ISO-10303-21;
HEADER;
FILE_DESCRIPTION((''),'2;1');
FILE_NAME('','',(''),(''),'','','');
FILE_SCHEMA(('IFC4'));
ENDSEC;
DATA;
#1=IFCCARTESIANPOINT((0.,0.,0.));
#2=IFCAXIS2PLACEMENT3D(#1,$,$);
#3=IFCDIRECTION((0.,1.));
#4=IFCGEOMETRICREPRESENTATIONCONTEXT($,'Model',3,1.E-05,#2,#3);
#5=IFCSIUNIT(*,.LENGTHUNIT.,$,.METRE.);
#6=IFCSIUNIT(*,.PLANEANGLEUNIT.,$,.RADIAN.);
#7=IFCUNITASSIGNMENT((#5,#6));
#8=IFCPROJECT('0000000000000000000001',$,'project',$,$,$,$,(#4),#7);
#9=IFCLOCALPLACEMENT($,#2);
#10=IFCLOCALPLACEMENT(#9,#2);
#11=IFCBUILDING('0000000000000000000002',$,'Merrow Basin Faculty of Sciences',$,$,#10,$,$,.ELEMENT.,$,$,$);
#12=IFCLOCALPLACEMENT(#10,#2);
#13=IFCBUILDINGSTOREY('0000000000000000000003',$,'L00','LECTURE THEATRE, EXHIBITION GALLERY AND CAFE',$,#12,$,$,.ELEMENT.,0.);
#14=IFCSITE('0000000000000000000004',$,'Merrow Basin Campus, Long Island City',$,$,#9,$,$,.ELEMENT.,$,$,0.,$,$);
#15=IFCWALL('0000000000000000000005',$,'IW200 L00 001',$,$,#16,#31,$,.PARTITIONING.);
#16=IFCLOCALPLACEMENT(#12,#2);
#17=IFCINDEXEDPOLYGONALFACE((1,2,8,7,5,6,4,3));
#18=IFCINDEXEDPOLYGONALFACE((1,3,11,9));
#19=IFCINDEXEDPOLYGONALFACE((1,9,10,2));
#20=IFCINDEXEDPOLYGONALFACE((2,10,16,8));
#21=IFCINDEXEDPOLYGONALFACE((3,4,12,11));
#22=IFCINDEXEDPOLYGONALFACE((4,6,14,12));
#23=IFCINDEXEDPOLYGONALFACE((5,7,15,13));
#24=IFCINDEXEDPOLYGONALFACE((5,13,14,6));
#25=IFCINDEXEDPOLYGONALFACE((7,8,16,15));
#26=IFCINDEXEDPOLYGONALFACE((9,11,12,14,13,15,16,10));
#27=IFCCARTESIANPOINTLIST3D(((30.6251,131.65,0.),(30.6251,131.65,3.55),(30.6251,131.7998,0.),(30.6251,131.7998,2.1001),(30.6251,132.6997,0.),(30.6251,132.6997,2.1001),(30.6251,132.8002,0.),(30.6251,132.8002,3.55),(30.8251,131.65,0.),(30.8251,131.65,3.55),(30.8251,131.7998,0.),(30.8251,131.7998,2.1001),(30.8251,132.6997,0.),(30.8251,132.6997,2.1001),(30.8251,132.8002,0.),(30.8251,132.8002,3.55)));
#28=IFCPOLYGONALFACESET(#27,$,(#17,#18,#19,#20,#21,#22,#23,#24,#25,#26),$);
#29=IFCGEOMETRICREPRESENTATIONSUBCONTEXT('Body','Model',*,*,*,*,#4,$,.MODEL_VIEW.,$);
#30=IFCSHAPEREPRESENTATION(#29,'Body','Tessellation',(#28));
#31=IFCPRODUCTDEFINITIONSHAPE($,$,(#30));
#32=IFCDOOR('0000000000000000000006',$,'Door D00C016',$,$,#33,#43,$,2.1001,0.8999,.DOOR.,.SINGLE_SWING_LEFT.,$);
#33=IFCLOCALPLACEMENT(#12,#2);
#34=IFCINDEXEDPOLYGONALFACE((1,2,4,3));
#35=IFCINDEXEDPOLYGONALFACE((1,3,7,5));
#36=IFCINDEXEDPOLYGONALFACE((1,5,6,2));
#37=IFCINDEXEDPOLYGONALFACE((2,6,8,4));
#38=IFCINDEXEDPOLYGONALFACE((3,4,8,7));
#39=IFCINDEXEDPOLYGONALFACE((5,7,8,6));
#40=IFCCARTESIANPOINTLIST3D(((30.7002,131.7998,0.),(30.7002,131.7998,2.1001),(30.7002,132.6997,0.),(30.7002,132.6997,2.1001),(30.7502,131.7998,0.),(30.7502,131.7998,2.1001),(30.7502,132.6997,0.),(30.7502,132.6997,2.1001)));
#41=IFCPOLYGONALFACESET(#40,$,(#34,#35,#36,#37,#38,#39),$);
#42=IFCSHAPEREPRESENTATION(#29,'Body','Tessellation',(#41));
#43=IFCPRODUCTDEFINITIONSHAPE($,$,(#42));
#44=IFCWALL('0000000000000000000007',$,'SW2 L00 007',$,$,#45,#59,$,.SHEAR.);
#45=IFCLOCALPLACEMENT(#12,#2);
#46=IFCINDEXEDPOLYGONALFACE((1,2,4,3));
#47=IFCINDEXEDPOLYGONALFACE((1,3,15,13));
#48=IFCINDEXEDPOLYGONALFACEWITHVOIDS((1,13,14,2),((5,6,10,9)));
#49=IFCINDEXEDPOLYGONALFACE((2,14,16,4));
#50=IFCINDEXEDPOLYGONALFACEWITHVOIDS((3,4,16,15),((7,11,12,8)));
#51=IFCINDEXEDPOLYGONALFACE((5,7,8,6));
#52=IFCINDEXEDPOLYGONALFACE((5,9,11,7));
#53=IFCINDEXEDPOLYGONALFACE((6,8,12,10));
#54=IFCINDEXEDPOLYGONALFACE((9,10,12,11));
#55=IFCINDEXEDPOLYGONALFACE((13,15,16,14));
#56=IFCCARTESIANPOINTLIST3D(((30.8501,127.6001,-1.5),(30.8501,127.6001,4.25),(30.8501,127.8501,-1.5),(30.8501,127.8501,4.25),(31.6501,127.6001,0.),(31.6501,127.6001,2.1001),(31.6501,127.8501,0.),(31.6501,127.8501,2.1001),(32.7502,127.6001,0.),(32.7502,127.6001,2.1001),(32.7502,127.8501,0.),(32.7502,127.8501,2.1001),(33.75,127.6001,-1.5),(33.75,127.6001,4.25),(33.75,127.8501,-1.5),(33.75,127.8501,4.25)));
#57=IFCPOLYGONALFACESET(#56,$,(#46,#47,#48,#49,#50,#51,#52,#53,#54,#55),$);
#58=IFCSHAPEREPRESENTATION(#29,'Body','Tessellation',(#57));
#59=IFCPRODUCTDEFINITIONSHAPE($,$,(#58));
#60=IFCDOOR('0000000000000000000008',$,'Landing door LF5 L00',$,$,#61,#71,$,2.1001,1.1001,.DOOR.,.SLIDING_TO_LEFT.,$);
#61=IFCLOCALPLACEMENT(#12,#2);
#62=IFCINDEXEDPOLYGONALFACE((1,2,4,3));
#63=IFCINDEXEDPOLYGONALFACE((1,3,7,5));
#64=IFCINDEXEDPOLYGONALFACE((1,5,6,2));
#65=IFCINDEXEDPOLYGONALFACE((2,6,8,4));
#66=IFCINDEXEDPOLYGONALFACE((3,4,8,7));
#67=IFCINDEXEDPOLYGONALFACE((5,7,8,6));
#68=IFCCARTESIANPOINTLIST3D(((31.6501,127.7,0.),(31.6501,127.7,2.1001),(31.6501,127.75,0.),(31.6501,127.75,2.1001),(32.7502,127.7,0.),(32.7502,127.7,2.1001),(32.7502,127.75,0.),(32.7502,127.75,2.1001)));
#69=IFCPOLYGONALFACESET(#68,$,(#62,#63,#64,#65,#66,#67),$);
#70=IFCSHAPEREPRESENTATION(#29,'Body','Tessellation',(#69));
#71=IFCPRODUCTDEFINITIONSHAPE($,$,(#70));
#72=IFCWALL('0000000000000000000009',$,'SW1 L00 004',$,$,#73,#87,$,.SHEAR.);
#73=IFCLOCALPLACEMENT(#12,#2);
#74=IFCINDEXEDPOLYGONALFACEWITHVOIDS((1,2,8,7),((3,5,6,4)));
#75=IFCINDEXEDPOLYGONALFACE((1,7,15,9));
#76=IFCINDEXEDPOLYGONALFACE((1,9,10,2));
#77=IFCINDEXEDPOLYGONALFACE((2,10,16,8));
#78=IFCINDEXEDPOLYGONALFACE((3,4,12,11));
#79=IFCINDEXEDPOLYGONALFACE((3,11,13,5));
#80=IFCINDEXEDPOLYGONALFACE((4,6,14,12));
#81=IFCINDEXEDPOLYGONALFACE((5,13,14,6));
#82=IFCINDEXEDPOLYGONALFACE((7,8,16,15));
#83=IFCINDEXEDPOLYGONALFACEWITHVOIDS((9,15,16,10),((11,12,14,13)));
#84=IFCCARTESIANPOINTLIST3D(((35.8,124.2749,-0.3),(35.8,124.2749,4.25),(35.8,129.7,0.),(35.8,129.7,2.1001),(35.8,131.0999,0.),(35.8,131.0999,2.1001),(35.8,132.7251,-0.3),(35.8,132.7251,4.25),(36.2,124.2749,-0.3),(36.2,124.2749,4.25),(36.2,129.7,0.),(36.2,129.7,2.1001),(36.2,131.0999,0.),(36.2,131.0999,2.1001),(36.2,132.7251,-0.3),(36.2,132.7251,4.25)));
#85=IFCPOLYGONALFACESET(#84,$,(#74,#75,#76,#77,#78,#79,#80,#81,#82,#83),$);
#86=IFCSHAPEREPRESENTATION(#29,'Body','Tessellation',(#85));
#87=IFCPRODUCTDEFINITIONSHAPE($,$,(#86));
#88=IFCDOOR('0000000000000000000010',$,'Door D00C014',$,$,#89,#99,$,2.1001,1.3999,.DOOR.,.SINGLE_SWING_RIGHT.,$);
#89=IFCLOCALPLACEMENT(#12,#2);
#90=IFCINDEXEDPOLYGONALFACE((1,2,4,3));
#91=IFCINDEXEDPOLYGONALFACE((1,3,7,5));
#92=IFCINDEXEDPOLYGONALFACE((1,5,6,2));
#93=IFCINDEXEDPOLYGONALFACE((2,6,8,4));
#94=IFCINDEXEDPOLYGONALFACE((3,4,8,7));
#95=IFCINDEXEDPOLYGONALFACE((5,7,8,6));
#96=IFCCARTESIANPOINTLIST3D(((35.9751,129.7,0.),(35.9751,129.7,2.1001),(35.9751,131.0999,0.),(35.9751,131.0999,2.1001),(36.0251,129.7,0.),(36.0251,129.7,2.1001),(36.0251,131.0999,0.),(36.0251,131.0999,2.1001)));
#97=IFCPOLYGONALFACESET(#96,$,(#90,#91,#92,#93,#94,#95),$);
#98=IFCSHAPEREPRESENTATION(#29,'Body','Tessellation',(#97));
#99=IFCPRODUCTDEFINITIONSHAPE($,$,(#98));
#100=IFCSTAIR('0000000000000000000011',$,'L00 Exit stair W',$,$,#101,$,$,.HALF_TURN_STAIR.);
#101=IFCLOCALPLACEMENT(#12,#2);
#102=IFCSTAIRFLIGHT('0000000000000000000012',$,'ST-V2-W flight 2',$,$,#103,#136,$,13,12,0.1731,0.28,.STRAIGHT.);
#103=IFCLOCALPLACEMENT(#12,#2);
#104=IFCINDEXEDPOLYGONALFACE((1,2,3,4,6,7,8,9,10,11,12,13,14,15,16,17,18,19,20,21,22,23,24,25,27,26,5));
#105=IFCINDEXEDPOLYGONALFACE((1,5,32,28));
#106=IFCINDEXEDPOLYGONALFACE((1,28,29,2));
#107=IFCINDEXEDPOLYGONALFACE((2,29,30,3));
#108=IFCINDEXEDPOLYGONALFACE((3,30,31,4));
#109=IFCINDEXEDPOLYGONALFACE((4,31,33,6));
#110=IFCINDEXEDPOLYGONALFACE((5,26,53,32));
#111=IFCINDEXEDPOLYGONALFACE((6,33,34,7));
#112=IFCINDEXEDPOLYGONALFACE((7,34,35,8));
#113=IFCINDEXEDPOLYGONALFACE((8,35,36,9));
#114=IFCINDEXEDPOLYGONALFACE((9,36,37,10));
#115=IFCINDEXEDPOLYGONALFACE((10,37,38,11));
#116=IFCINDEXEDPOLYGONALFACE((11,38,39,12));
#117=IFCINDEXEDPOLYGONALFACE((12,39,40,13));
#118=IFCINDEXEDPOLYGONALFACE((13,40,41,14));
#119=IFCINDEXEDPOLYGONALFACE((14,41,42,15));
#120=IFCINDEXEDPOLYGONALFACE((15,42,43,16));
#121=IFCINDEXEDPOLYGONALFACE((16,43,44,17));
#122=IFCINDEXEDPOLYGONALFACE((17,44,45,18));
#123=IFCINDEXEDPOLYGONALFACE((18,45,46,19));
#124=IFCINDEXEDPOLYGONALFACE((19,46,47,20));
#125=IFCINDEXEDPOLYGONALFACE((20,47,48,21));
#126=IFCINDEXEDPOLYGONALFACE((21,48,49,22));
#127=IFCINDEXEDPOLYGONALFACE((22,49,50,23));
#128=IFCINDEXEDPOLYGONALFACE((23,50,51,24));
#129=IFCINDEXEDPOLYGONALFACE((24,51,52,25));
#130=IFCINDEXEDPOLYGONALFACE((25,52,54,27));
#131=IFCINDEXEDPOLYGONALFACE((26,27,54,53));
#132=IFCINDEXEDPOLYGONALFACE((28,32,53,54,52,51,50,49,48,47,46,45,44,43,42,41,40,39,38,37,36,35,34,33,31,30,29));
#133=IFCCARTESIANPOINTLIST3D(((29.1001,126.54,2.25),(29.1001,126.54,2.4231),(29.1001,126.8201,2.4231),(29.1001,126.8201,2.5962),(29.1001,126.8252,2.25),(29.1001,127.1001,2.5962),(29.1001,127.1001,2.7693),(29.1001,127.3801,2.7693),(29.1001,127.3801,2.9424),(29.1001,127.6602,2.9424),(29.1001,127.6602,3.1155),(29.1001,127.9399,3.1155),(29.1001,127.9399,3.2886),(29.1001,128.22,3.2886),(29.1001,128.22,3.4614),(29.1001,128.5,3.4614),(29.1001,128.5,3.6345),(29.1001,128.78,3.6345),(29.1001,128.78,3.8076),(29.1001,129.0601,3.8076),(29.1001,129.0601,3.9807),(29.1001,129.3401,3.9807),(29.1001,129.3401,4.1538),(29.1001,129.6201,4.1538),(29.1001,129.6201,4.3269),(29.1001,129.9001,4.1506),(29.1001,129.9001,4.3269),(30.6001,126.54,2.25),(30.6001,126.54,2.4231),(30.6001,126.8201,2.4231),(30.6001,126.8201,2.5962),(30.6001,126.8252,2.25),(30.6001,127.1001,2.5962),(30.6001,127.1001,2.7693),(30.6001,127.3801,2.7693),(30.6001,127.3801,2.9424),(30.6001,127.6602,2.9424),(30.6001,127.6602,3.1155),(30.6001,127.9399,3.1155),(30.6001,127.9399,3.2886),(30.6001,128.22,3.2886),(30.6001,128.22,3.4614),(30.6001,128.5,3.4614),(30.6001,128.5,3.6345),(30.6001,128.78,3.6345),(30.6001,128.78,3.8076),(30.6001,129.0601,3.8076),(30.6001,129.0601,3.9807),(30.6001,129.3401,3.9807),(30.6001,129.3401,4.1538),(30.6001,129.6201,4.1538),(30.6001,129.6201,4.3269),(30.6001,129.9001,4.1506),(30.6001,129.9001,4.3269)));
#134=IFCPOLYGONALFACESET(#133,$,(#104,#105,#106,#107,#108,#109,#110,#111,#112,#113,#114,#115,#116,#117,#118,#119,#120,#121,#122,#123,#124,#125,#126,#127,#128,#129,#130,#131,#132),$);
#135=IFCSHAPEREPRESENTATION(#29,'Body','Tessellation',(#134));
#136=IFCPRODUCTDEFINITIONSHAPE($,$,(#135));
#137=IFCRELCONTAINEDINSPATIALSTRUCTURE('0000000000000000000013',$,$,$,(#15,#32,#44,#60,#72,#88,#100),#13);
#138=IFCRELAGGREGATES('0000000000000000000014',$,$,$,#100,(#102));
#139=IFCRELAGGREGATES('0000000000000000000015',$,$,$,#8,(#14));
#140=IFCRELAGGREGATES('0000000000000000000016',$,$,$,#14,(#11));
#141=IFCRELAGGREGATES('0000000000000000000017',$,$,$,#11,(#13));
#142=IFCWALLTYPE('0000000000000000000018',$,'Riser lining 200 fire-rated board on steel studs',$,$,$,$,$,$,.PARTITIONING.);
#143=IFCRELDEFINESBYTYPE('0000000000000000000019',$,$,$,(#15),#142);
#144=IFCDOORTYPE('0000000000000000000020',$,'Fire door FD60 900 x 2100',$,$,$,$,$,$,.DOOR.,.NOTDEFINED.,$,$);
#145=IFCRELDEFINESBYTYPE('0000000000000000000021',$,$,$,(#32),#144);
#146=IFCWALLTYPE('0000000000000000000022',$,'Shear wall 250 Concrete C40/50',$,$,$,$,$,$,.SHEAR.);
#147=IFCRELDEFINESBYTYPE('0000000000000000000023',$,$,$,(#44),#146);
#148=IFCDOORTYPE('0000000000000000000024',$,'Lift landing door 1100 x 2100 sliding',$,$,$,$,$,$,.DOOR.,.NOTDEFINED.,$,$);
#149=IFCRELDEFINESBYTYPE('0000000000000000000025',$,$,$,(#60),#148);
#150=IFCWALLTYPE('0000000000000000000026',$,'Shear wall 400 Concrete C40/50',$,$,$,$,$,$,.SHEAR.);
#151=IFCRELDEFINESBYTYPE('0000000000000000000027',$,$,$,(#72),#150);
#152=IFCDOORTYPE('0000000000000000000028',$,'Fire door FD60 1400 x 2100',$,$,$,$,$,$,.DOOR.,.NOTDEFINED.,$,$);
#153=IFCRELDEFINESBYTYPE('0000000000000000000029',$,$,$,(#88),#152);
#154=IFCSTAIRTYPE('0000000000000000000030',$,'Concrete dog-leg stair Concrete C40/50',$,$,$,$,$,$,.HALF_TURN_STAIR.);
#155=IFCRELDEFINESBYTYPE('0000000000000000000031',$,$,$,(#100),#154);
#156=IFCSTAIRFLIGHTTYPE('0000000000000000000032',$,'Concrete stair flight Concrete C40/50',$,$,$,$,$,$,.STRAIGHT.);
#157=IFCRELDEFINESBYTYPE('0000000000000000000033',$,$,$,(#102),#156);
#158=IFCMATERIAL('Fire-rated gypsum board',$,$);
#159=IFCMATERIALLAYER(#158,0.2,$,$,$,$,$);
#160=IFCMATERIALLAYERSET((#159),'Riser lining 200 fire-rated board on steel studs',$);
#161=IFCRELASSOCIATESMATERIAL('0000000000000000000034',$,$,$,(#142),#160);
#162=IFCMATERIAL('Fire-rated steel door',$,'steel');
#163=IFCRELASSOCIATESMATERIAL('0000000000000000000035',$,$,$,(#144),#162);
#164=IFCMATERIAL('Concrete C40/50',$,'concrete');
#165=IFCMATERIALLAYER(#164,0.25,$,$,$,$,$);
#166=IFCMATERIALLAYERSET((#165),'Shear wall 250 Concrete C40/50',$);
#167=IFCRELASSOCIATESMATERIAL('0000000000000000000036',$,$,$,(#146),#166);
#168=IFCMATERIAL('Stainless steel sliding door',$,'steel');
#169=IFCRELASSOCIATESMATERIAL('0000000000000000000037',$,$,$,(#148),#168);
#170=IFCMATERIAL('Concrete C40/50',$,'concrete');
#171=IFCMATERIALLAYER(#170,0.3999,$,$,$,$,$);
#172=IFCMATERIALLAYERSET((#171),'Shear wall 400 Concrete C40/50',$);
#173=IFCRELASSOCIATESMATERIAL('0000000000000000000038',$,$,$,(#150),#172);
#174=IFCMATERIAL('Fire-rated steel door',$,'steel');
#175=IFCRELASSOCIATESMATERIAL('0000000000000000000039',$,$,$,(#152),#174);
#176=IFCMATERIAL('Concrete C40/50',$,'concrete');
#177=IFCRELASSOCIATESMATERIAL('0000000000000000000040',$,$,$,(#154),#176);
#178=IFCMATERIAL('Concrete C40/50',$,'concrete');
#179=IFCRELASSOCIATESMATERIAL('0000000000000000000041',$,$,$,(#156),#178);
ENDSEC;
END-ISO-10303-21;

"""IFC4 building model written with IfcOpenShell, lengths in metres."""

from ifc_helpers import new_model, si_unit, direction, frame, frame_2d, origin, place, context, subcontext, project, spatial, polyline, rectangle, outline, extrude, material, layer, layer_set, type_object, element, fill, aggregate, save


model = new_model("IFC4")

# Units and contexts
model_context = context("Model", 3, precision=1e-05, world=origin(), true_north=direction((0.0, 1.0)))
body_context = subcontext(model_context, "Body", "Model", "MODEL_VIEW")
ifc_project = project(units=[si_unit("LENGTHUNIT", "METRE"), si_unit("PLANEANGLEUNIT", "RADIAN")], contexts=[model_context])

# Site, building, storey
site_placement = place(None, origin())
site = spatial("IfcSite", under=ifc_project, at=site_placement, Name="Merrow Basin Campus, Long Island City", CompositionType="ELEMENT", RefElevation=0.0)
building_placement = place(site_placement, origin())
building = spatial("IfcBuilding", under=site, at=building_placement, Name="Merrow Basin Faculty of Sciences", CompositionType="ELEMENT")
storey_placement = place(building_placement, origin())
storey = spatial("IfcBuildingStorey", under=building, at=storey_placement, Name="L00", Description="LECTURE THEATRE, EXHIBITION GALLERY AND CAFE", CompositionType="ELEMENT", Elevation=0.0)

# Walls, openings, doors
ifc_material_1 = material(Name="Fire-rated gypsum board")
ifc_layer_1 = layer(ifc_material_1, 0.2)
ifc_layer_set_1 = layer_set([ifc_layer_1], Name="Riser lining 200 fire-rated board on steel studs")
wall_type_1 = type_object("IfcWallType", Name="Riser lining 200 fire-rated board on steel studs", PredefinedType="PARTITIONING", material=ifc_layer_set_1)
wall_1_placement = place(storey_placement, frame((30.7251, 131.6499, 0.0), z_axis=(0.0, 0.0, 1.0), x_axis=(0.0, 1.0, 0.0)))
wall_1 = element("IfcWall", 1, at=wall_1_placement, inside=storey, type_object=wall_type_1, Name="IW200 L00 001", PredefinedType="PARTITIONING", context=body_context, shape_type="SweptSolid", body=[
    extrude(rectangle(XDim=1.1501, YDim=0.2, at=frame_2d((0.5752, 0.0))), origin(), (0.0, 0.0, 1.0), 3.55),
])
opening_1_placement = place(wall_1_placement, frame((0.1499, 0.0, 0.0)))
opening_1 = element("IfcOpeningElement", 2, at=opening_1_placement, cuts=wall_1, PredefinedType="OPENING", context=body_context, shape_type="SweptSolid", body=[
    extrude(rectangle(XDim=0.8999, YDim=2.1001, at=frame_2d((0.45, 1.05))), frame((0.0, 0.1099, 0.0), z_axis=(0.0, -1.0, 0.0), x_axis=(1.0, 0.0, 0.0)), (0.0, 0.0, 1.0), 0.22),
])
ifc_material_2 = material(Name="Fire-rated steel door", Category="steel")
door_type_1 = type_object("IfcDoorType", Name="Fire door FD60 900 x 2100", OperationType="NOTDEFINED", PredefinedType="DOOR", material=ifc_material_2)
door_1_placement = place(opening_1_placement, origin())
door_1 = element("IfcDoor", 3, at=door_1_placement, inside=storey, type_object=door_type_1, Name="Door D00C016", OperationType="SINGLE_SWING_LEFT", OverallHeight=2.1001, OverallWidth=0.8999, PredefinedType="DOOR", context=body_context, shape_type="SweptSolid", body=[
    extrude(rectangle(XDim=0.8999, YDim=2.1001, at=frame_2d((0.45, 1.05))), frame((0.0, 0.0249, 0.0), z_axis=(0.0, -1.0, 0.0), x_axis=(1.0, 0.0, 0.0)), (0.0, 0.0, 1.0), 0.05),
])
fill(opening_1, door_1)
ifc_material_3 = material(Name="Concrete C40/50", Category="concrete")
ifc_layer_2 = layer(ifc_material_3, 0.25)
ifc_layer_set_2 = layer_set([ifc_layer_2], Name="Shear wall 250 Concrete C40/50")
wall_type_2 = type_object("IfcWallType", Name="Shear wall 250 Concrete C40/50", PredefinedType="SHEAR", material=ifc_layer_set_2)
wall_2_placement = place(storey_placement, frame((30.8501, 127.7251, -1.5), z_axis=(0.0, 0.0, 1.0), x_axis=(1.0, 0.0, 0.0)))
wall_2 = element("IfcWall", 4, at=wall_2_placement, inside=storey, type_object=wall_type_2, Name="SW2 L00 007", PredefinedType="SHEAR", context=body_context, shape_type="SweptSolid", body=[
    extrude(rectangle(XDim=2.8999, YDim=0.25, at=frame_2d((1.45, 0.0))), origin(), (0.0, 0.0, 1.0), 5.75),
])
opening_2_placement = place(wall_2_placement, frame((0.8, 0.0, 1.5)))
opening_2 = element("IfcOpeningElement", 5, at=opening_2_placement, cuts=wall_2, PredefinedType="OPENING", context=body_context, shape_type="SweptSolid", body=[
    extrude(rectangle(XDim=1.1001, YDim=2.1001, at=frame_2d((0.55, 1.05))), frame((0.0, 0.135, 0.0), z_axis=(0.0, -1.0, 0.0), x_axis=(1.0, 0.0, 0.0)), (0.0, 0.0, 1.0), 0.27),
])
ifc_material_4 = material(Name="Stainless steel sliding door", Category="steel")
door_type_2 = type_object("IfcDoorType", Name="Lift landing door 1100 x 2100 sliding", OperationType="NOTDEFINED", PredefinedType="DOOR", material=ifc_material_4)
door_2_placement = place(opening_2_placement, origin())
door_2 = element("IfcDoor", 6, at=door_2_placement, inside=storey, type_object=door_type_2, Name="Landing door LF5 L00", OperationType="SLIDING_TO_LEFT", OverallHeight=2.1001, OverallWidth=1.1001, PredefinedType="DOOR", context=body_context, shape_type="SweptSolid", body=[
    extrude(rectangle(XDim=1.1001, YDim=2.1001, at=frame_2d((0.55, 1.05))), frame((0.0, 0.0249, 0.0), z_axis=(0.0, -1.0, 0.0), x_axis=(1.0, 0.0, 0.0)), (0.0, 0.0, 1.0), 0.05),
])
fill(opening_2, door_2)
ifc_material_5 = material(Name="Concrete C40/50", Category="concrete")
ifc_layer_3 = layer(ifc_material_5, 0.3999)
ifc_layer_set_3 = layer_set([ifc_layer_3], Name="Shear wall 400 Concrete C40/50")
wall_type_3 = type_object("IfcWallType", Name="Shear wall 400 Concrete C40/50", PredefinedType="SHEAR", material=ifc_layer_set_3)
wall_3_placement = place(storey_placement, frame((36.0, 124.2749, -0.3), z_axis=(0.0, 0.0, 1.0), x_axis=(0.0, 1.0, 0.0)))
wall_3 = element("IfcWall", 7, at=wall_3_placement, inside=storey, type_object=wall_type_3, Name="SW1 L00 004", PredefinedType="SHEAR", context=body_context, shape_type="SweptSolid", body=[
    extrude(rectangle(XDim=8.4502, YDim=0.3999, at=frame_2d((4.2251, 0.0))), origin(), (0.0, 0.0, 1.0), 4.55),
])
opening_3_placement = place(wall_3_placement, frame((5.425, 0.0, 0.3)))
opening_3 = element("IfcOpeningElement", 8, at=opening_3_placement, cuts=wall_3, PredefinedType="OPENING", context=body_context, shape_type="SweptSolid", body=[
    extrude(rectangle(XDim=1.3999, YDim=2.1001, at=frame_2d((0.7, 1.05))), frame((0.0, 0.21, 0.0), z_axis=(0.0, -1.0, 0.0), x_axis=(1.0, 0.0, 0.0)), (0.0, 0.0, 1.0), 0.4199),
])
ifc_material_6 = material(Name="Fire-rated steel door", Category="steel")
door_type_3 = type_object("IfcDoorType", Name="Fire door FD60 1400 x 2100", OperationType="NOTDEFINED", PredefinedType="DOOR", material=ifc_material_6)
door_3_placement = place(opening_3_placement, origin())
door_3 = element("IfcDoor", 9, at=door_3_placement, inside=storey, type_object=door_type_3, Name="Door D00C014", OperationType="SINGLE_SWING_RIGHT", OverallHeight=2.1001, OverallWidth=1.3999, PredefinedType="DOOR", context=body_context, shape_type="SweptSolid", body=[
    extrude(rectangle(XDim=1.3999, YDim=2.1001, at=frame_2d((0.7, 1.05))), frame((0.0, 0.0249, 0.0), z_axis=(0.0, -1.0, 0.0), x_axis=(1.0, 0.0, 0.0)), (0.0, 0.0, 1.0), 0.05),
])
fill(opening_3, door_3)

# Stair, stair flight
ifc_material_7 = material(Name="Concrete C40/50", Category="concrete")
stair_type = type_object("IfcStairType", Name="Concrete dog-leg stair Concrete C40/50", PredefinedType="HALF_TURN_STAIR", material=ifc_material_7)
stair_placement = place(storey_placement, origin())
stair = element("IfcStair", 10, at=stair_placement, inside=storey, type_object=stair_type, Name="L00 Exit stair W", PredefinedType="HALF_TURN_STAIR")
ifc_material_8 = material(Name="Concrete C40/50", Category="concrete")
stair_flight_type = type_object("IfcStairFlightType", Name="Concrete stair flight Concrete C40/50", PredefinedType="STRAIGHT", material=ifc_material_8)
stair_flight_placement = place(storey_placement, frame((29.8501, 126.54, 2.25), z_axis=(0.0, 0.0, 1.0), x_axis=(0.0, 1.0, 0.0)))
stair_flight = element("IfcStairFlight", 11, at=stair_flight_placement, type_object=stair_flight_type, Name="ST-V2-W flight 2", NumberOfRisers=13, NumberOfTreads=12, PredefinedType="STRAIGHT", RiserHeight=0.1731, TreadLength=0.28, context=body_context, shape_type="SweptSolid", body=[
    extrude(outline(polyline([(0.0, 0.0), (0.0, 0.1731), (0.28, 0.1731), (0.28, 0.3462), (0.5601, 0.3462), (0.5601, 0.5193), (0.8401, 0.5193), (0.8401, 0.6924), (1.1201, 0.6924), (1.1201, 0.8655), (1.3999, 0.8655), (1.3999, 1.0386), (1.6799, 1.0386), (1.6799, 1.2114), (1.96, 1.2114), (1.96, 1.3845), (2.24, 1.3845), (2.24, 1.5576), (2.52, 1.5576), (2.52, 1.7307), (2.8, 1.7307), (2.8, 1.9038), (3.0801, 1.9038), (3.0801, 2.0769), (3.3601, 2.0769), (3.3601, 2.25), (3.3601, 1.9006), (0.2852, 0.0), (0.0, 0.0)])), frame((0.0, 0.75, 0.0), z_axis=(0.0, -1.0, 0.0), x_axis=(1.0, 0.0, 0.0)), (0.0, 0.0, 1.0), 1.5),
])
aggregate(stair, [stair_flight])

save(model, "model.ifc")
